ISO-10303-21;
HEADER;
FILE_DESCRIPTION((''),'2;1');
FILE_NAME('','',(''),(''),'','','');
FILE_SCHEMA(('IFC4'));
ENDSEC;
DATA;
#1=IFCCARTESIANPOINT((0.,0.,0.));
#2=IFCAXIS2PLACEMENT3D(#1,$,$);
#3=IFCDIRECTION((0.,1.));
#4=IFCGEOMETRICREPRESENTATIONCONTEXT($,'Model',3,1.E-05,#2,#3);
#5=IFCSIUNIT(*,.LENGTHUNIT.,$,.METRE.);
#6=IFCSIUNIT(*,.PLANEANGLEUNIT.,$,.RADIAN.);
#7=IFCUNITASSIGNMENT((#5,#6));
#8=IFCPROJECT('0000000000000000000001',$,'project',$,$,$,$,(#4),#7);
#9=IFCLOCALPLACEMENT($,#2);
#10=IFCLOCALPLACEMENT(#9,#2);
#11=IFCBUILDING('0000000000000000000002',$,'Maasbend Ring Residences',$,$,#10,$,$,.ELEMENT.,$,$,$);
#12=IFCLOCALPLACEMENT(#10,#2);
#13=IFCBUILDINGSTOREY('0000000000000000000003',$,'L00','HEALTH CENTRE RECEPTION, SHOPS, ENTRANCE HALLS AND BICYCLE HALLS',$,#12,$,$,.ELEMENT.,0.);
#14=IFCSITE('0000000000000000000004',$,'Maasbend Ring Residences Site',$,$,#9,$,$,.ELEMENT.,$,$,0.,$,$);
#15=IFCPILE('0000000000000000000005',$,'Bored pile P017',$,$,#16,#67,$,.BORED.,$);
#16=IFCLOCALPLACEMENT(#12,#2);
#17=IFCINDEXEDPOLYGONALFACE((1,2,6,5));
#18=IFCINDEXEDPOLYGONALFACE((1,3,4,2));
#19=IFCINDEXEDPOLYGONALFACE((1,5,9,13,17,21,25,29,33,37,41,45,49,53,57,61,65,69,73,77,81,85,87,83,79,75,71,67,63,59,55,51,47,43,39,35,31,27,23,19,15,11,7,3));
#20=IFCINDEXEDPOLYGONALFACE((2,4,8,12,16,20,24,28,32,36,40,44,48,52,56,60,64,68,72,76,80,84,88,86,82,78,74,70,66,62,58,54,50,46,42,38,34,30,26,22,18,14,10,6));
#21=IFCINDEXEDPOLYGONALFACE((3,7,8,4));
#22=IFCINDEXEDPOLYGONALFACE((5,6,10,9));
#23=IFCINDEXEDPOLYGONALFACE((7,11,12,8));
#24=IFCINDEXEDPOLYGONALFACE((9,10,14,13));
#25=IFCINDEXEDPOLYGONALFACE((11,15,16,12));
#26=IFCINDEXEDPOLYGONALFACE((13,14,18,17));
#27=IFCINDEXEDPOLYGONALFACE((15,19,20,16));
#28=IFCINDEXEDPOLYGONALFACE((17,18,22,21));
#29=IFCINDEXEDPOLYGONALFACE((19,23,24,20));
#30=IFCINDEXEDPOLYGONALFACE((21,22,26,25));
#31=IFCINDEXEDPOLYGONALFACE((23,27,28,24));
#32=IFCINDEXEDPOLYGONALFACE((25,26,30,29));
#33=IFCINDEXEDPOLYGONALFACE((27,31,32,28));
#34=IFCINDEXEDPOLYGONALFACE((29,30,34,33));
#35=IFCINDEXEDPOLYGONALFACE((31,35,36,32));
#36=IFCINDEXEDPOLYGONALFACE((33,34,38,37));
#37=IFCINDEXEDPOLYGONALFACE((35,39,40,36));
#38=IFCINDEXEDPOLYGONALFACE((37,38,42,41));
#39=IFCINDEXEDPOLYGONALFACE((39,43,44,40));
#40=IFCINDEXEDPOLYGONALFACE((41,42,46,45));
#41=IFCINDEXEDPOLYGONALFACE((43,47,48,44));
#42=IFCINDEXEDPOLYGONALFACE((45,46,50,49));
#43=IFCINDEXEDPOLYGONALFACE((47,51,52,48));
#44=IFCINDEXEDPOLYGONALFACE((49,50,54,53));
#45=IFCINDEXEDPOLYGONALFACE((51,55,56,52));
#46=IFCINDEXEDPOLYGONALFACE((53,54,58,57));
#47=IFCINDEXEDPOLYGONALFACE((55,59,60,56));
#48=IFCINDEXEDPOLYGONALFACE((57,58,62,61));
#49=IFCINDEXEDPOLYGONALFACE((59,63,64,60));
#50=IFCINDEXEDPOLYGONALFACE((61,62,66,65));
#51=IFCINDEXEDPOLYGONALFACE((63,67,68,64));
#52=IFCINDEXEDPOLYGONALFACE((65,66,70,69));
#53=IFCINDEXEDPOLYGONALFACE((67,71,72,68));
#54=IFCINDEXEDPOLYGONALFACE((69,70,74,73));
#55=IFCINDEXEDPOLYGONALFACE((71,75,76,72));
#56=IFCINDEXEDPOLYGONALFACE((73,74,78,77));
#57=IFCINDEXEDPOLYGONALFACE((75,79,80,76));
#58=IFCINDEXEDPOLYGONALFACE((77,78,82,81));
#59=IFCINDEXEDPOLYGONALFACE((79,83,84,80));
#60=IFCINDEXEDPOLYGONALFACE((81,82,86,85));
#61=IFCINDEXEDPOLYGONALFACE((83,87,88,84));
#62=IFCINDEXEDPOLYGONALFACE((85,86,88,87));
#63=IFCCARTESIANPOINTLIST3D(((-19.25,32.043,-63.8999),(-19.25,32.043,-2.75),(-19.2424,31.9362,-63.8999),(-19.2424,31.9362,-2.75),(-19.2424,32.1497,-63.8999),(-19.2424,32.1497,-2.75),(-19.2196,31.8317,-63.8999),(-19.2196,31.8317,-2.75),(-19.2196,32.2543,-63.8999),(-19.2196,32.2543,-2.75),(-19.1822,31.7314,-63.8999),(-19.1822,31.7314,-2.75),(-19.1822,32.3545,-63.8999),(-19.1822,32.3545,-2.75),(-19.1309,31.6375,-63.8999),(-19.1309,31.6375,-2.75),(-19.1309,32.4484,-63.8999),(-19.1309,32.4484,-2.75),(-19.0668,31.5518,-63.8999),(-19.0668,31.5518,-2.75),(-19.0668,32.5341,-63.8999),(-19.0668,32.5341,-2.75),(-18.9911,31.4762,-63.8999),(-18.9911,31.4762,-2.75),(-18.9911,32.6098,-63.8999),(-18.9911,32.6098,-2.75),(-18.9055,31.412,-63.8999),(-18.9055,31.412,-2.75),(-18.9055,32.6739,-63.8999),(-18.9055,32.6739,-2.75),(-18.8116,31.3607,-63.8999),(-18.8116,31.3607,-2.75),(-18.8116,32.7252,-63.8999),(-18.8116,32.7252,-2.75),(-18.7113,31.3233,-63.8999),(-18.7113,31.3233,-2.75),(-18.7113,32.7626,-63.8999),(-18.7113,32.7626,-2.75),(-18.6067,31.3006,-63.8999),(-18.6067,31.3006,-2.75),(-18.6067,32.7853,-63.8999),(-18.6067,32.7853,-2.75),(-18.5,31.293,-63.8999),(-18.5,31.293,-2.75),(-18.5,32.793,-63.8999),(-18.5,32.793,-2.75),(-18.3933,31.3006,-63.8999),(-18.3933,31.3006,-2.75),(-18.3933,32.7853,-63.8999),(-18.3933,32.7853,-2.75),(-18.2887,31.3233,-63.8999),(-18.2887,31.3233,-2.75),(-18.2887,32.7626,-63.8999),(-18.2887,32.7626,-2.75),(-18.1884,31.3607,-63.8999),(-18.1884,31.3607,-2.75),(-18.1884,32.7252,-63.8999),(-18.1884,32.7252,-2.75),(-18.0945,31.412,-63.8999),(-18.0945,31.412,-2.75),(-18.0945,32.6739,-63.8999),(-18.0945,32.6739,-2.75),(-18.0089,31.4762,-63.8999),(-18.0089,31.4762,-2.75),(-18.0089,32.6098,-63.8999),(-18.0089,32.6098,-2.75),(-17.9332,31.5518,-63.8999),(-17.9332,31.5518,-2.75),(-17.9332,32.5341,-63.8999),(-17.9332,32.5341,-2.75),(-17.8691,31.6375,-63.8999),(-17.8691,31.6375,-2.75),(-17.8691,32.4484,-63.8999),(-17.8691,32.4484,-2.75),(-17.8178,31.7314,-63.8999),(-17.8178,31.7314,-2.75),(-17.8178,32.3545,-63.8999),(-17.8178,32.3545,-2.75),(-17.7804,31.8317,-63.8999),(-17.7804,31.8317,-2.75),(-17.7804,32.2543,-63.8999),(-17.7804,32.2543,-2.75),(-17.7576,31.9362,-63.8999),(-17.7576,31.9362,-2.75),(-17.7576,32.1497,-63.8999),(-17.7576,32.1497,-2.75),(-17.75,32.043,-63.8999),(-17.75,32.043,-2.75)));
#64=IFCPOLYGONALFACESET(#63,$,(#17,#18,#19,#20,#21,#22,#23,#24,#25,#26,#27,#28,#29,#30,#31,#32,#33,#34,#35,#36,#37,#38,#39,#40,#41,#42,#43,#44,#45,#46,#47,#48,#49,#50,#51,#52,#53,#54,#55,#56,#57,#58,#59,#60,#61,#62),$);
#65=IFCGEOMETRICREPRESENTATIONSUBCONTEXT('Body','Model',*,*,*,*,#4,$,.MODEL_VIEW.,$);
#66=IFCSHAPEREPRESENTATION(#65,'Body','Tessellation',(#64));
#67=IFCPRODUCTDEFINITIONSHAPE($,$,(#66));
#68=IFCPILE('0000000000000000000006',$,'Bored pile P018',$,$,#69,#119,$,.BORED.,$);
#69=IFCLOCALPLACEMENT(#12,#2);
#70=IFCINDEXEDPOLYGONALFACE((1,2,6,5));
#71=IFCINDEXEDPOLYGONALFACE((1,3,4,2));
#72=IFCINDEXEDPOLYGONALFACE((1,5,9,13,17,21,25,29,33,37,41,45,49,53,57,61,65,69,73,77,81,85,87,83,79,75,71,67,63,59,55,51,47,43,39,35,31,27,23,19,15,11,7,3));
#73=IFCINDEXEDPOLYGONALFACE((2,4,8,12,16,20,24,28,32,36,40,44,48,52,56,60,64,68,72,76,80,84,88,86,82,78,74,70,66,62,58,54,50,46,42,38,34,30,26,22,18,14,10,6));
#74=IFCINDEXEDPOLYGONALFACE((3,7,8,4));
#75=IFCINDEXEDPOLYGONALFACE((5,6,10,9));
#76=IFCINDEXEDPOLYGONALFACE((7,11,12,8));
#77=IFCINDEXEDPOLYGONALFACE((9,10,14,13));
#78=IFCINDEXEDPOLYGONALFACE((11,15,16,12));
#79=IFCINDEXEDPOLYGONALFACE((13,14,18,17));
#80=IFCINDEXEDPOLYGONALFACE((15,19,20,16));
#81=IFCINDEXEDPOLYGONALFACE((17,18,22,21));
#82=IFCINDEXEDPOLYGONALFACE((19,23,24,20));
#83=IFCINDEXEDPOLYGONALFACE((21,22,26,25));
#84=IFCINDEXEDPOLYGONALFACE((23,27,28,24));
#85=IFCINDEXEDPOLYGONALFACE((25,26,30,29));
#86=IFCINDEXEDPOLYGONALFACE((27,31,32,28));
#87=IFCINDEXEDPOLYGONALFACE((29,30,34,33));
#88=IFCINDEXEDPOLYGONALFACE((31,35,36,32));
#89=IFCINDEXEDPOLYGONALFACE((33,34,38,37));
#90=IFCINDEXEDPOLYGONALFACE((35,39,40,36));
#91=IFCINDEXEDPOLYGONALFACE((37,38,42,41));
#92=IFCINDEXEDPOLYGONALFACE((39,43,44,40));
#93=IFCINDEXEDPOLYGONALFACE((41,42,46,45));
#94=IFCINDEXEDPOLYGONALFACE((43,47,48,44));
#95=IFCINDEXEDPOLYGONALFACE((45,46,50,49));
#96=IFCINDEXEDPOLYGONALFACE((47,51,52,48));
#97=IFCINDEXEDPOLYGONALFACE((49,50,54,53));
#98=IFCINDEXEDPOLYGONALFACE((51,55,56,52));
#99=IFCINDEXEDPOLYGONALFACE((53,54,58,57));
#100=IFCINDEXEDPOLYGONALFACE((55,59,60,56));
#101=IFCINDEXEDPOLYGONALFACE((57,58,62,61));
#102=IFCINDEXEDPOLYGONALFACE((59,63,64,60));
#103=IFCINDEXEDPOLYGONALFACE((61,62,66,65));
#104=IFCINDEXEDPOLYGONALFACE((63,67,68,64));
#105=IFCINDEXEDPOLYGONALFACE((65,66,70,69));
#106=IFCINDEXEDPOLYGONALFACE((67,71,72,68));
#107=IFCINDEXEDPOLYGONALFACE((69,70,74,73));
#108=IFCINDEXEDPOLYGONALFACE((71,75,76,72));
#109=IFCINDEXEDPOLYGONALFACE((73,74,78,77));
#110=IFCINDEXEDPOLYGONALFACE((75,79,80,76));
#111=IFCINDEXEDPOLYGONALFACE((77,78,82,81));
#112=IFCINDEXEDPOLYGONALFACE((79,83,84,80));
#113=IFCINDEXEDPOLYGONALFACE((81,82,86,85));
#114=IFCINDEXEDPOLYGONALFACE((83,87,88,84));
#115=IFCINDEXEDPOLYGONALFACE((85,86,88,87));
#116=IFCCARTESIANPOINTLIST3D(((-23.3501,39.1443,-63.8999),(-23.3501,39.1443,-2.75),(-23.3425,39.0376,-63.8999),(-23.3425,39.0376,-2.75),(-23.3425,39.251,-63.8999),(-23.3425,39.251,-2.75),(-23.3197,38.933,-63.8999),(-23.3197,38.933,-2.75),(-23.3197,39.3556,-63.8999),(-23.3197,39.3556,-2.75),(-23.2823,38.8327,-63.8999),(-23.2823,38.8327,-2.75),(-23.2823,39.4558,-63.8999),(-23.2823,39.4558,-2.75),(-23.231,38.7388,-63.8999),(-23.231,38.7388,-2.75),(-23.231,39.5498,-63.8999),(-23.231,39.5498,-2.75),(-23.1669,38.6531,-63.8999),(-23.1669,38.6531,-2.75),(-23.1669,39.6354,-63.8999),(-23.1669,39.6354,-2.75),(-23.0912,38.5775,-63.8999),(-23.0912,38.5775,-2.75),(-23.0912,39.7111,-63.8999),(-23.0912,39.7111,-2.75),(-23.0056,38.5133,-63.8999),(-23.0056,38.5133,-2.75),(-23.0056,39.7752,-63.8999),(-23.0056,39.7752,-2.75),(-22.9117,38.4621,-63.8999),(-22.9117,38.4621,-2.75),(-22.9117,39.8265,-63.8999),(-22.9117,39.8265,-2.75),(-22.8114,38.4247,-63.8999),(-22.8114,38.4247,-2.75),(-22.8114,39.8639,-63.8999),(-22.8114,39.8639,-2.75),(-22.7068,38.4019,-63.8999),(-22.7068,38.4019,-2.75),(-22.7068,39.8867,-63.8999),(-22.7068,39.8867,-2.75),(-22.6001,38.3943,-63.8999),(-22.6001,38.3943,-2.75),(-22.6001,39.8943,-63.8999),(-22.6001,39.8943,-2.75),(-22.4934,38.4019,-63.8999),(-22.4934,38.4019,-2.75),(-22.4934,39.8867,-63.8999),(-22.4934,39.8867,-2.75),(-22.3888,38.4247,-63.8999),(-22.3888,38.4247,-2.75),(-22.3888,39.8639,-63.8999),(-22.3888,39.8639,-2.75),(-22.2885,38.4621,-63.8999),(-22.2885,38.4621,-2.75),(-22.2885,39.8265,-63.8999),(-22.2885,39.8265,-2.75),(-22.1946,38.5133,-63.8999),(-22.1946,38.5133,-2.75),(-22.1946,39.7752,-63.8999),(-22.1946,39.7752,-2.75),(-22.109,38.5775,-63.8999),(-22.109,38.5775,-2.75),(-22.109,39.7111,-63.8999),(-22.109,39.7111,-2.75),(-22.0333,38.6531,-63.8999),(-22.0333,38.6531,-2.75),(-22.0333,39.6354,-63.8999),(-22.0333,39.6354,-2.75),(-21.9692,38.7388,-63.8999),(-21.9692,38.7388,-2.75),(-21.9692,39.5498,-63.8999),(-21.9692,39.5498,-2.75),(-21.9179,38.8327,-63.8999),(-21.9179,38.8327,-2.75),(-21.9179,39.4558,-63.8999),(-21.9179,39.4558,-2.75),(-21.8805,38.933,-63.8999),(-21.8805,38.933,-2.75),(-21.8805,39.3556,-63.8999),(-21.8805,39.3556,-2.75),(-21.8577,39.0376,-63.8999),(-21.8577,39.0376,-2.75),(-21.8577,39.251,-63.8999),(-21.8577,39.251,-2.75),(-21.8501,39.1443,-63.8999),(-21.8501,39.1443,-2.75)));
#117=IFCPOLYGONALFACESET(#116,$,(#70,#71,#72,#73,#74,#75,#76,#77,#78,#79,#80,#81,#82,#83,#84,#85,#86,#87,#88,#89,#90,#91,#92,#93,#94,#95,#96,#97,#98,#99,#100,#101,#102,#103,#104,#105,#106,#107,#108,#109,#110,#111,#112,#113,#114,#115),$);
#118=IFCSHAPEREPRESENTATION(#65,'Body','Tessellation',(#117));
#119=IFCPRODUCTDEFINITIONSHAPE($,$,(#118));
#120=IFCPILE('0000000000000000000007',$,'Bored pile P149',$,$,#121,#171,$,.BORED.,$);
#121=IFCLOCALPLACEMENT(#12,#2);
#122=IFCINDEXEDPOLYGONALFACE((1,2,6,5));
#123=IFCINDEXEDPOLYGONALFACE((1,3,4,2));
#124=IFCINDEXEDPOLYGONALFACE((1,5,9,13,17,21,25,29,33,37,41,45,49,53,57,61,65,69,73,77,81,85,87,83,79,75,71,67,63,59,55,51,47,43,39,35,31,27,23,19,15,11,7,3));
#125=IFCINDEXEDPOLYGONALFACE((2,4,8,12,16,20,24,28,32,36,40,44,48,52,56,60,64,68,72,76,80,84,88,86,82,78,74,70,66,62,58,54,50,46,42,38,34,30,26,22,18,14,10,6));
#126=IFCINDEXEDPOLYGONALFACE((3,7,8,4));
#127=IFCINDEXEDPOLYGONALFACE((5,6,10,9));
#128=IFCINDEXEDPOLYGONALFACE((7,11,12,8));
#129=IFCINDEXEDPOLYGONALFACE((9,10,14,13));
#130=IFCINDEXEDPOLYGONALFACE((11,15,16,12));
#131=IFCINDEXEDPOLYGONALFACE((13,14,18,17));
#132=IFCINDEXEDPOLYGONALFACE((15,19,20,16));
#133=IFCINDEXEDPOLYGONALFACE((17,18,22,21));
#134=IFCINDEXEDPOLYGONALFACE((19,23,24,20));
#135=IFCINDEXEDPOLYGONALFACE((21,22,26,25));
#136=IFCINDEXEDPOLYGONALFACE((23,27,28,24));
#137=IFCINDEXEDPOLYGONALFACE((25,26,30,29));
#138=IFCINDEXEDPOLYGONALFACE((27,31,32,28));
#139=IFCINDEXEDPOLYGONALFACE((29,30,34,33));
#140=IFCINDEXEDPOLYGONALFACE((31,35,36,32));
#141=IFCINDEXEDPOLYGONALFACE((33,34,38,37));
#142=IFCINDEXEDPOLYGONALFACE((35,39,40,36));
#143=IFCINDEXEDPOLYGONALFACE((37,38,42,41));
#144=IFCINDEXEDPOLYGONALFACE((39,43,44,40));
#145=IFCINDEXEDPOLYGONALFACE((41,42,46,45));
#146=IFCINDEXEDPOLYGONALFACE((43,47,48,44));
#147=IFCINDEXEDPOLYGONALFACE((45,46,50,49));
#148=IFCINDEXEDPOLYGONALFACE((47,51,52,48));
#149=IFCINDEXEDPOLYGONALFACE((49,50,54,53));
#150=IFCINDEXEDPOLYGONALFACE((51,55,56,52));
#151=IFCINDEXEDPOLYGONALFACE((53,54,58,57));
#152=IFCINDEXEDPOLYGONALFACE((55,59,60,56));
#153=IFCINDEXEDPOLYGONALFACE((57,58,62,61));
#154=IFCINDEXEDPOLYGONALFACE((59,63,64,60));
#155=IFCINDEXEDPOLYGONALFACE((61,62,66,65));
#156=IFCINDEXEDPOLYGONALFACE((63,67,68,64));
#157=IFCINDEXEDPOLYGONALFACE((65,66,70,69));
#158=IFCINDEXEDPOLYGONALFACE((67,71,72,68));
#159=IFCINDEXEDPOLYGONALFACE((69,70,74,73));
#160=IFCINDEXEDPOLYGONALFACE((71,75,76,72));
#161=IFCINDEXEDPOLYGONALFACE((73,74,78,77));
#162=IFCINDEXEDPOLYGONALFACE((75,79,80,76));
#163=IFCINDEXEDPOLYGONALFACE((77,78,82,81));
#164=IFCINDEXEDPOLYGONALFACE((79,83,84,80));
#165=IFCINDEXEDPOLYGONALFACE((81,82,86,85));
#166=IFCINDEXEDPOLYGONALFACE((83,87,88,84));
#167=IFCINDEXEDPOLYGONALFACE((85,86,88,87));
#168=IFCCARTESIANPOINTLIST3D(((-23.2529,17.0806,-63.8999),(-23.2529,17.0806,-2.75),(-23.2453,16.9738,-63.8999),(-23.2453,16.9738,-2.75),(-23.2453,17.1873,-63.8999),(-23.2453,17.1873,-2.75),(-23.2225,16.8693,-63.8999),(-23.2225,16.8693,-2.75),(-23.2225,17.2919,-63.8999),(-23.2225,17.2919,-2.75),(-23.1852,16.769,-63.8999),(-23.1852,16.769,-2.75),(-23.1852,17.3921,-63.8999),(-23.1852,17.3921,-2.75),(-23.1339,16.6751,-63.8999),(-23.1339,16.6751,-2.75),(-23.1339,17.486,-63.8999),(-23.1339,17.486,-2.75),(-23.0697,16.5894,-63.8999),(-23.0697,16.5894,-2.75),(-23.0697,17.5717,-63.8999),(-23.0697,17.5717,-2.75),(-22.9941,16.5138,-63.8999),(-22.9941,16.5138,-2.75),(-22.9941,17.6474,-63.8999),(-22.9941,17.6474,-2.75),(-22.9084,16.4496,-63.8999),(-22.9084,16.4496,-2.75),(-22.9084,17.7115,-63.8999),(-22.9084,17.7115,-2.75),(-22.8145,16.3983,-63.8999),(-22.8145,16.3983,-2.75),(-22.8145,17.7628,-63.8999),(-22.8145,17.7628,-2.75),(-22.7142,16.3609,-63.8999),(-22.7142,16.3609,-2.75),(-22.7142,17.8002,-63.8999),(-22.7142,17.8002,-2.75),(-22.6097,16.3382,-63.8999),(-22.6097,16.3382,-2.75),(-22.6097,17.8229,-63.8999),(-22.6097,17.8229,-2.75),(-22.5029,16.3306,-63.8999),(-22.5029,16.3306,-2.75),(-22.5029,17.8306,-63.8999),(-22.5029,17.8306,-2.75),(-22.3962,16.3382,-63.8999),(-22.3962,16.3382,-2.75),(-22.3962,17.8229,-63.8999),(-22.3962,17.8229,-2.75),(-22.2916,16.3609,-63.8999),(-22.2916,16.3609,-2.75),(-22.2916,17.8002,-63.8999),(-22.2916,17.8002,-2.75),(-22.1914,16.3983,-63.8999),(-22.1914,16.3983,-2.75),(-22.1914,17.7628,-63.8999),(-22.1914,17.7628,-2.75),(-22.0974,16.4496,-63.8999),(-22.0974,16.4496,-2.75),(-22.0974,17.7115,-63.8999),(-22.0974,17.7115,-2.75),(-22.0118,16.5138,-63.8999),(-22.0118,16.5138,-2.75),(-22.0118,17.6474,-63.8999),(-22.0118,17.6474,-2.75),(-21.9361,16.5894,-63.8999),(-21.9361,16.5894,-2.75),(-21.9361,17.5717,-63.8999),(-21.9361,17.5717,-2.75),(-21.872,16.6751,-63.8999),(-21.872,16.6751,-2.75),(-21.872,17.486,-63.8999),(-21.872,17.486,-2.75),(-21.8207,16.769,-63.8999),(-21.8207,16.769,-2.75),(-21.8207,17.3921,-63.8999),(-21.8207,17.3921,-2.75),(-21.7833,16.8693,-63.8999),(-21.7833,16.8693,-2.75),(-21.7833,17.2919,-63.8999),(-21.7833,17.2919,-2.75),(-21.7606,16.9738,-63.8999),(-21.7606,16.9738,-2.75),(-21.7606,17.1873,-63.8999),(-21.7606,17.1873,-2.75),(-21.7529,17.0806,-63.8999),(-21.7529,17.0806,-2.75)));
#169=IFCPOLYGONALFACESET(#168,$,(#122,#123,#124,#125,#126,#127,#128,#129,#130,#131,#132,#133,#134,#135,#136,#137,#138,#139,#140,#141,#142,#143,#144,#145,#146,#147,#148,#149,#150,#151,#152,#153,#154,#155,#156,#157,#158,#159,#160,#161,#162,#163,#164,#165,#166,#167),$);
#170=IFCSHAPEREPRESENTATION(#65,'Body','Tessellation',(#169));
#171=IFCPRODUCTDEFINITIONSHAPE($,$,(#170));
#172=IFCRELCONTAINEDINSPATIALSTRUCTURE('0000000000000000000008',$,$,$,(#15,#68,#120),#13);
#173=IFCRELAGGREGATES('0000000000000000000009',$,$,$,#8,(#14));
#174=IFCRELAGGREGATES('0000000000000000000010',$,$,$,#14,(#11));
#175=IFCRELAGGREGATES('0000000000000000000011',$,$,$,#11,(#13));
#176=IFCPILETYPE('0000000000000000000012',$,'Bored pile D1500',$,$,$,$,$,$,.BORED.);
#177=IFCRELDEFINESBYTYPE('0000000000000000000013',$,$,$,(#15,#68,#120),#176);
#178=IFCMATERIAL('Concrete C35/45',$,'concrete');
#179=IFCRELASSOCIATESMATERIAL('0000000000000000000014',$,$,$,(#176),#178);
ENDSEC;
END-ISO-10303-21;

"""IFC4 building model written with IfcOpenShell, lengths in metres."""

from ifc_helpers import new_model, si_unit, direction, frame, origin, origin_2d, place, context, subcontext, project, spatial, circle, extrude, material, material_profile, profile_set, type_object, element, save


model = new_model("IFC4")

# Units and contexts
model_context = context("Model", 3, precision=1e-05, world=origin(), true_north=direction((0.0, 1.0)))
body_context = subcontext(model_context, "Body", "Model", "MODEL_VIEW")
ifc_project = project(units=[si_unit("LENGTHUNIT", "METRE"), si_unit("PLANEANGLEUNIT", "RADIAN")], contexts=[model_context])

# Site, building, storey
site_placement = place(None, origin())
site = spatial("IfcSite", under=ifc_project, at=site_placement, Name="Maasbend Ring Residences Site", CompositionType="ELEMENT", RefElevation=0.0)
building_placement = place(site_placement, origin())
building = spatial("IfcBuilding", under=site, at=building_placement, Name="Maasbend Ring Residences", CompositionType="ELEMENT")
storey_placement = place(building_placement, origin())
storey = spatial("IfcBuildingStorey", under=building, at=storey_placement, Name="L00", Description="HEALTH CENTRE RECEPTION, SHOPS, ENTRANCE HALLS AND BICYCLE HALLS", CompositionType="ELEMENT", Elevation=0.0)

# Piles
ifc_material_1 = material(Name="Concrete C35/45", Category="concrete")
ifc_material_profile_1 = material_profile(ifc_material_1, circle(Radius=0.75, at=origin_2d()), Name="Bored pile D1500")
ifc_profile_set_1 = profile_set([ifc_material_profile_1], Name="Concrete C35/45")
pile_type = type_object("IfcPileType", Name="Bored pile D1500", PredefinedType="BORED", material=ifc_profile_set_1)
for number, where, z_axis, x_axis, name in (
    (1, (-18.5, 32.043, -2.75), (0.0, 0.0, -1.0), (1.0, 0.0, 0.0), "Bored pile P017"),
    (2, (-22.6001, 39.1443, -2.75), (0.0, 0.0, -1.0), (1.0, 0.0, 0.0), "Bored pile P018"),
    (3, (-22.5029, 17.0806, -2.75), (0.0, 0.0, -1.0), (1.0, 0.0, 0.0), "Bored pile P149"),
):
    element("IfcPile", number, at=place(storey_placement, frame(where, z_axis=z_axis, x_axis=x_axis)), inside=storey, type_object=pile_type, Name=name, PredefinedType="BORED", context=body_context, shape_type="SweptSolid", body=[
        extrude(circle(Radius=0.75, at=origin_2d()), origin(), (0.0, 0.0, 1.0), 61.1499),
    ])

save(model, "model.ifc")
